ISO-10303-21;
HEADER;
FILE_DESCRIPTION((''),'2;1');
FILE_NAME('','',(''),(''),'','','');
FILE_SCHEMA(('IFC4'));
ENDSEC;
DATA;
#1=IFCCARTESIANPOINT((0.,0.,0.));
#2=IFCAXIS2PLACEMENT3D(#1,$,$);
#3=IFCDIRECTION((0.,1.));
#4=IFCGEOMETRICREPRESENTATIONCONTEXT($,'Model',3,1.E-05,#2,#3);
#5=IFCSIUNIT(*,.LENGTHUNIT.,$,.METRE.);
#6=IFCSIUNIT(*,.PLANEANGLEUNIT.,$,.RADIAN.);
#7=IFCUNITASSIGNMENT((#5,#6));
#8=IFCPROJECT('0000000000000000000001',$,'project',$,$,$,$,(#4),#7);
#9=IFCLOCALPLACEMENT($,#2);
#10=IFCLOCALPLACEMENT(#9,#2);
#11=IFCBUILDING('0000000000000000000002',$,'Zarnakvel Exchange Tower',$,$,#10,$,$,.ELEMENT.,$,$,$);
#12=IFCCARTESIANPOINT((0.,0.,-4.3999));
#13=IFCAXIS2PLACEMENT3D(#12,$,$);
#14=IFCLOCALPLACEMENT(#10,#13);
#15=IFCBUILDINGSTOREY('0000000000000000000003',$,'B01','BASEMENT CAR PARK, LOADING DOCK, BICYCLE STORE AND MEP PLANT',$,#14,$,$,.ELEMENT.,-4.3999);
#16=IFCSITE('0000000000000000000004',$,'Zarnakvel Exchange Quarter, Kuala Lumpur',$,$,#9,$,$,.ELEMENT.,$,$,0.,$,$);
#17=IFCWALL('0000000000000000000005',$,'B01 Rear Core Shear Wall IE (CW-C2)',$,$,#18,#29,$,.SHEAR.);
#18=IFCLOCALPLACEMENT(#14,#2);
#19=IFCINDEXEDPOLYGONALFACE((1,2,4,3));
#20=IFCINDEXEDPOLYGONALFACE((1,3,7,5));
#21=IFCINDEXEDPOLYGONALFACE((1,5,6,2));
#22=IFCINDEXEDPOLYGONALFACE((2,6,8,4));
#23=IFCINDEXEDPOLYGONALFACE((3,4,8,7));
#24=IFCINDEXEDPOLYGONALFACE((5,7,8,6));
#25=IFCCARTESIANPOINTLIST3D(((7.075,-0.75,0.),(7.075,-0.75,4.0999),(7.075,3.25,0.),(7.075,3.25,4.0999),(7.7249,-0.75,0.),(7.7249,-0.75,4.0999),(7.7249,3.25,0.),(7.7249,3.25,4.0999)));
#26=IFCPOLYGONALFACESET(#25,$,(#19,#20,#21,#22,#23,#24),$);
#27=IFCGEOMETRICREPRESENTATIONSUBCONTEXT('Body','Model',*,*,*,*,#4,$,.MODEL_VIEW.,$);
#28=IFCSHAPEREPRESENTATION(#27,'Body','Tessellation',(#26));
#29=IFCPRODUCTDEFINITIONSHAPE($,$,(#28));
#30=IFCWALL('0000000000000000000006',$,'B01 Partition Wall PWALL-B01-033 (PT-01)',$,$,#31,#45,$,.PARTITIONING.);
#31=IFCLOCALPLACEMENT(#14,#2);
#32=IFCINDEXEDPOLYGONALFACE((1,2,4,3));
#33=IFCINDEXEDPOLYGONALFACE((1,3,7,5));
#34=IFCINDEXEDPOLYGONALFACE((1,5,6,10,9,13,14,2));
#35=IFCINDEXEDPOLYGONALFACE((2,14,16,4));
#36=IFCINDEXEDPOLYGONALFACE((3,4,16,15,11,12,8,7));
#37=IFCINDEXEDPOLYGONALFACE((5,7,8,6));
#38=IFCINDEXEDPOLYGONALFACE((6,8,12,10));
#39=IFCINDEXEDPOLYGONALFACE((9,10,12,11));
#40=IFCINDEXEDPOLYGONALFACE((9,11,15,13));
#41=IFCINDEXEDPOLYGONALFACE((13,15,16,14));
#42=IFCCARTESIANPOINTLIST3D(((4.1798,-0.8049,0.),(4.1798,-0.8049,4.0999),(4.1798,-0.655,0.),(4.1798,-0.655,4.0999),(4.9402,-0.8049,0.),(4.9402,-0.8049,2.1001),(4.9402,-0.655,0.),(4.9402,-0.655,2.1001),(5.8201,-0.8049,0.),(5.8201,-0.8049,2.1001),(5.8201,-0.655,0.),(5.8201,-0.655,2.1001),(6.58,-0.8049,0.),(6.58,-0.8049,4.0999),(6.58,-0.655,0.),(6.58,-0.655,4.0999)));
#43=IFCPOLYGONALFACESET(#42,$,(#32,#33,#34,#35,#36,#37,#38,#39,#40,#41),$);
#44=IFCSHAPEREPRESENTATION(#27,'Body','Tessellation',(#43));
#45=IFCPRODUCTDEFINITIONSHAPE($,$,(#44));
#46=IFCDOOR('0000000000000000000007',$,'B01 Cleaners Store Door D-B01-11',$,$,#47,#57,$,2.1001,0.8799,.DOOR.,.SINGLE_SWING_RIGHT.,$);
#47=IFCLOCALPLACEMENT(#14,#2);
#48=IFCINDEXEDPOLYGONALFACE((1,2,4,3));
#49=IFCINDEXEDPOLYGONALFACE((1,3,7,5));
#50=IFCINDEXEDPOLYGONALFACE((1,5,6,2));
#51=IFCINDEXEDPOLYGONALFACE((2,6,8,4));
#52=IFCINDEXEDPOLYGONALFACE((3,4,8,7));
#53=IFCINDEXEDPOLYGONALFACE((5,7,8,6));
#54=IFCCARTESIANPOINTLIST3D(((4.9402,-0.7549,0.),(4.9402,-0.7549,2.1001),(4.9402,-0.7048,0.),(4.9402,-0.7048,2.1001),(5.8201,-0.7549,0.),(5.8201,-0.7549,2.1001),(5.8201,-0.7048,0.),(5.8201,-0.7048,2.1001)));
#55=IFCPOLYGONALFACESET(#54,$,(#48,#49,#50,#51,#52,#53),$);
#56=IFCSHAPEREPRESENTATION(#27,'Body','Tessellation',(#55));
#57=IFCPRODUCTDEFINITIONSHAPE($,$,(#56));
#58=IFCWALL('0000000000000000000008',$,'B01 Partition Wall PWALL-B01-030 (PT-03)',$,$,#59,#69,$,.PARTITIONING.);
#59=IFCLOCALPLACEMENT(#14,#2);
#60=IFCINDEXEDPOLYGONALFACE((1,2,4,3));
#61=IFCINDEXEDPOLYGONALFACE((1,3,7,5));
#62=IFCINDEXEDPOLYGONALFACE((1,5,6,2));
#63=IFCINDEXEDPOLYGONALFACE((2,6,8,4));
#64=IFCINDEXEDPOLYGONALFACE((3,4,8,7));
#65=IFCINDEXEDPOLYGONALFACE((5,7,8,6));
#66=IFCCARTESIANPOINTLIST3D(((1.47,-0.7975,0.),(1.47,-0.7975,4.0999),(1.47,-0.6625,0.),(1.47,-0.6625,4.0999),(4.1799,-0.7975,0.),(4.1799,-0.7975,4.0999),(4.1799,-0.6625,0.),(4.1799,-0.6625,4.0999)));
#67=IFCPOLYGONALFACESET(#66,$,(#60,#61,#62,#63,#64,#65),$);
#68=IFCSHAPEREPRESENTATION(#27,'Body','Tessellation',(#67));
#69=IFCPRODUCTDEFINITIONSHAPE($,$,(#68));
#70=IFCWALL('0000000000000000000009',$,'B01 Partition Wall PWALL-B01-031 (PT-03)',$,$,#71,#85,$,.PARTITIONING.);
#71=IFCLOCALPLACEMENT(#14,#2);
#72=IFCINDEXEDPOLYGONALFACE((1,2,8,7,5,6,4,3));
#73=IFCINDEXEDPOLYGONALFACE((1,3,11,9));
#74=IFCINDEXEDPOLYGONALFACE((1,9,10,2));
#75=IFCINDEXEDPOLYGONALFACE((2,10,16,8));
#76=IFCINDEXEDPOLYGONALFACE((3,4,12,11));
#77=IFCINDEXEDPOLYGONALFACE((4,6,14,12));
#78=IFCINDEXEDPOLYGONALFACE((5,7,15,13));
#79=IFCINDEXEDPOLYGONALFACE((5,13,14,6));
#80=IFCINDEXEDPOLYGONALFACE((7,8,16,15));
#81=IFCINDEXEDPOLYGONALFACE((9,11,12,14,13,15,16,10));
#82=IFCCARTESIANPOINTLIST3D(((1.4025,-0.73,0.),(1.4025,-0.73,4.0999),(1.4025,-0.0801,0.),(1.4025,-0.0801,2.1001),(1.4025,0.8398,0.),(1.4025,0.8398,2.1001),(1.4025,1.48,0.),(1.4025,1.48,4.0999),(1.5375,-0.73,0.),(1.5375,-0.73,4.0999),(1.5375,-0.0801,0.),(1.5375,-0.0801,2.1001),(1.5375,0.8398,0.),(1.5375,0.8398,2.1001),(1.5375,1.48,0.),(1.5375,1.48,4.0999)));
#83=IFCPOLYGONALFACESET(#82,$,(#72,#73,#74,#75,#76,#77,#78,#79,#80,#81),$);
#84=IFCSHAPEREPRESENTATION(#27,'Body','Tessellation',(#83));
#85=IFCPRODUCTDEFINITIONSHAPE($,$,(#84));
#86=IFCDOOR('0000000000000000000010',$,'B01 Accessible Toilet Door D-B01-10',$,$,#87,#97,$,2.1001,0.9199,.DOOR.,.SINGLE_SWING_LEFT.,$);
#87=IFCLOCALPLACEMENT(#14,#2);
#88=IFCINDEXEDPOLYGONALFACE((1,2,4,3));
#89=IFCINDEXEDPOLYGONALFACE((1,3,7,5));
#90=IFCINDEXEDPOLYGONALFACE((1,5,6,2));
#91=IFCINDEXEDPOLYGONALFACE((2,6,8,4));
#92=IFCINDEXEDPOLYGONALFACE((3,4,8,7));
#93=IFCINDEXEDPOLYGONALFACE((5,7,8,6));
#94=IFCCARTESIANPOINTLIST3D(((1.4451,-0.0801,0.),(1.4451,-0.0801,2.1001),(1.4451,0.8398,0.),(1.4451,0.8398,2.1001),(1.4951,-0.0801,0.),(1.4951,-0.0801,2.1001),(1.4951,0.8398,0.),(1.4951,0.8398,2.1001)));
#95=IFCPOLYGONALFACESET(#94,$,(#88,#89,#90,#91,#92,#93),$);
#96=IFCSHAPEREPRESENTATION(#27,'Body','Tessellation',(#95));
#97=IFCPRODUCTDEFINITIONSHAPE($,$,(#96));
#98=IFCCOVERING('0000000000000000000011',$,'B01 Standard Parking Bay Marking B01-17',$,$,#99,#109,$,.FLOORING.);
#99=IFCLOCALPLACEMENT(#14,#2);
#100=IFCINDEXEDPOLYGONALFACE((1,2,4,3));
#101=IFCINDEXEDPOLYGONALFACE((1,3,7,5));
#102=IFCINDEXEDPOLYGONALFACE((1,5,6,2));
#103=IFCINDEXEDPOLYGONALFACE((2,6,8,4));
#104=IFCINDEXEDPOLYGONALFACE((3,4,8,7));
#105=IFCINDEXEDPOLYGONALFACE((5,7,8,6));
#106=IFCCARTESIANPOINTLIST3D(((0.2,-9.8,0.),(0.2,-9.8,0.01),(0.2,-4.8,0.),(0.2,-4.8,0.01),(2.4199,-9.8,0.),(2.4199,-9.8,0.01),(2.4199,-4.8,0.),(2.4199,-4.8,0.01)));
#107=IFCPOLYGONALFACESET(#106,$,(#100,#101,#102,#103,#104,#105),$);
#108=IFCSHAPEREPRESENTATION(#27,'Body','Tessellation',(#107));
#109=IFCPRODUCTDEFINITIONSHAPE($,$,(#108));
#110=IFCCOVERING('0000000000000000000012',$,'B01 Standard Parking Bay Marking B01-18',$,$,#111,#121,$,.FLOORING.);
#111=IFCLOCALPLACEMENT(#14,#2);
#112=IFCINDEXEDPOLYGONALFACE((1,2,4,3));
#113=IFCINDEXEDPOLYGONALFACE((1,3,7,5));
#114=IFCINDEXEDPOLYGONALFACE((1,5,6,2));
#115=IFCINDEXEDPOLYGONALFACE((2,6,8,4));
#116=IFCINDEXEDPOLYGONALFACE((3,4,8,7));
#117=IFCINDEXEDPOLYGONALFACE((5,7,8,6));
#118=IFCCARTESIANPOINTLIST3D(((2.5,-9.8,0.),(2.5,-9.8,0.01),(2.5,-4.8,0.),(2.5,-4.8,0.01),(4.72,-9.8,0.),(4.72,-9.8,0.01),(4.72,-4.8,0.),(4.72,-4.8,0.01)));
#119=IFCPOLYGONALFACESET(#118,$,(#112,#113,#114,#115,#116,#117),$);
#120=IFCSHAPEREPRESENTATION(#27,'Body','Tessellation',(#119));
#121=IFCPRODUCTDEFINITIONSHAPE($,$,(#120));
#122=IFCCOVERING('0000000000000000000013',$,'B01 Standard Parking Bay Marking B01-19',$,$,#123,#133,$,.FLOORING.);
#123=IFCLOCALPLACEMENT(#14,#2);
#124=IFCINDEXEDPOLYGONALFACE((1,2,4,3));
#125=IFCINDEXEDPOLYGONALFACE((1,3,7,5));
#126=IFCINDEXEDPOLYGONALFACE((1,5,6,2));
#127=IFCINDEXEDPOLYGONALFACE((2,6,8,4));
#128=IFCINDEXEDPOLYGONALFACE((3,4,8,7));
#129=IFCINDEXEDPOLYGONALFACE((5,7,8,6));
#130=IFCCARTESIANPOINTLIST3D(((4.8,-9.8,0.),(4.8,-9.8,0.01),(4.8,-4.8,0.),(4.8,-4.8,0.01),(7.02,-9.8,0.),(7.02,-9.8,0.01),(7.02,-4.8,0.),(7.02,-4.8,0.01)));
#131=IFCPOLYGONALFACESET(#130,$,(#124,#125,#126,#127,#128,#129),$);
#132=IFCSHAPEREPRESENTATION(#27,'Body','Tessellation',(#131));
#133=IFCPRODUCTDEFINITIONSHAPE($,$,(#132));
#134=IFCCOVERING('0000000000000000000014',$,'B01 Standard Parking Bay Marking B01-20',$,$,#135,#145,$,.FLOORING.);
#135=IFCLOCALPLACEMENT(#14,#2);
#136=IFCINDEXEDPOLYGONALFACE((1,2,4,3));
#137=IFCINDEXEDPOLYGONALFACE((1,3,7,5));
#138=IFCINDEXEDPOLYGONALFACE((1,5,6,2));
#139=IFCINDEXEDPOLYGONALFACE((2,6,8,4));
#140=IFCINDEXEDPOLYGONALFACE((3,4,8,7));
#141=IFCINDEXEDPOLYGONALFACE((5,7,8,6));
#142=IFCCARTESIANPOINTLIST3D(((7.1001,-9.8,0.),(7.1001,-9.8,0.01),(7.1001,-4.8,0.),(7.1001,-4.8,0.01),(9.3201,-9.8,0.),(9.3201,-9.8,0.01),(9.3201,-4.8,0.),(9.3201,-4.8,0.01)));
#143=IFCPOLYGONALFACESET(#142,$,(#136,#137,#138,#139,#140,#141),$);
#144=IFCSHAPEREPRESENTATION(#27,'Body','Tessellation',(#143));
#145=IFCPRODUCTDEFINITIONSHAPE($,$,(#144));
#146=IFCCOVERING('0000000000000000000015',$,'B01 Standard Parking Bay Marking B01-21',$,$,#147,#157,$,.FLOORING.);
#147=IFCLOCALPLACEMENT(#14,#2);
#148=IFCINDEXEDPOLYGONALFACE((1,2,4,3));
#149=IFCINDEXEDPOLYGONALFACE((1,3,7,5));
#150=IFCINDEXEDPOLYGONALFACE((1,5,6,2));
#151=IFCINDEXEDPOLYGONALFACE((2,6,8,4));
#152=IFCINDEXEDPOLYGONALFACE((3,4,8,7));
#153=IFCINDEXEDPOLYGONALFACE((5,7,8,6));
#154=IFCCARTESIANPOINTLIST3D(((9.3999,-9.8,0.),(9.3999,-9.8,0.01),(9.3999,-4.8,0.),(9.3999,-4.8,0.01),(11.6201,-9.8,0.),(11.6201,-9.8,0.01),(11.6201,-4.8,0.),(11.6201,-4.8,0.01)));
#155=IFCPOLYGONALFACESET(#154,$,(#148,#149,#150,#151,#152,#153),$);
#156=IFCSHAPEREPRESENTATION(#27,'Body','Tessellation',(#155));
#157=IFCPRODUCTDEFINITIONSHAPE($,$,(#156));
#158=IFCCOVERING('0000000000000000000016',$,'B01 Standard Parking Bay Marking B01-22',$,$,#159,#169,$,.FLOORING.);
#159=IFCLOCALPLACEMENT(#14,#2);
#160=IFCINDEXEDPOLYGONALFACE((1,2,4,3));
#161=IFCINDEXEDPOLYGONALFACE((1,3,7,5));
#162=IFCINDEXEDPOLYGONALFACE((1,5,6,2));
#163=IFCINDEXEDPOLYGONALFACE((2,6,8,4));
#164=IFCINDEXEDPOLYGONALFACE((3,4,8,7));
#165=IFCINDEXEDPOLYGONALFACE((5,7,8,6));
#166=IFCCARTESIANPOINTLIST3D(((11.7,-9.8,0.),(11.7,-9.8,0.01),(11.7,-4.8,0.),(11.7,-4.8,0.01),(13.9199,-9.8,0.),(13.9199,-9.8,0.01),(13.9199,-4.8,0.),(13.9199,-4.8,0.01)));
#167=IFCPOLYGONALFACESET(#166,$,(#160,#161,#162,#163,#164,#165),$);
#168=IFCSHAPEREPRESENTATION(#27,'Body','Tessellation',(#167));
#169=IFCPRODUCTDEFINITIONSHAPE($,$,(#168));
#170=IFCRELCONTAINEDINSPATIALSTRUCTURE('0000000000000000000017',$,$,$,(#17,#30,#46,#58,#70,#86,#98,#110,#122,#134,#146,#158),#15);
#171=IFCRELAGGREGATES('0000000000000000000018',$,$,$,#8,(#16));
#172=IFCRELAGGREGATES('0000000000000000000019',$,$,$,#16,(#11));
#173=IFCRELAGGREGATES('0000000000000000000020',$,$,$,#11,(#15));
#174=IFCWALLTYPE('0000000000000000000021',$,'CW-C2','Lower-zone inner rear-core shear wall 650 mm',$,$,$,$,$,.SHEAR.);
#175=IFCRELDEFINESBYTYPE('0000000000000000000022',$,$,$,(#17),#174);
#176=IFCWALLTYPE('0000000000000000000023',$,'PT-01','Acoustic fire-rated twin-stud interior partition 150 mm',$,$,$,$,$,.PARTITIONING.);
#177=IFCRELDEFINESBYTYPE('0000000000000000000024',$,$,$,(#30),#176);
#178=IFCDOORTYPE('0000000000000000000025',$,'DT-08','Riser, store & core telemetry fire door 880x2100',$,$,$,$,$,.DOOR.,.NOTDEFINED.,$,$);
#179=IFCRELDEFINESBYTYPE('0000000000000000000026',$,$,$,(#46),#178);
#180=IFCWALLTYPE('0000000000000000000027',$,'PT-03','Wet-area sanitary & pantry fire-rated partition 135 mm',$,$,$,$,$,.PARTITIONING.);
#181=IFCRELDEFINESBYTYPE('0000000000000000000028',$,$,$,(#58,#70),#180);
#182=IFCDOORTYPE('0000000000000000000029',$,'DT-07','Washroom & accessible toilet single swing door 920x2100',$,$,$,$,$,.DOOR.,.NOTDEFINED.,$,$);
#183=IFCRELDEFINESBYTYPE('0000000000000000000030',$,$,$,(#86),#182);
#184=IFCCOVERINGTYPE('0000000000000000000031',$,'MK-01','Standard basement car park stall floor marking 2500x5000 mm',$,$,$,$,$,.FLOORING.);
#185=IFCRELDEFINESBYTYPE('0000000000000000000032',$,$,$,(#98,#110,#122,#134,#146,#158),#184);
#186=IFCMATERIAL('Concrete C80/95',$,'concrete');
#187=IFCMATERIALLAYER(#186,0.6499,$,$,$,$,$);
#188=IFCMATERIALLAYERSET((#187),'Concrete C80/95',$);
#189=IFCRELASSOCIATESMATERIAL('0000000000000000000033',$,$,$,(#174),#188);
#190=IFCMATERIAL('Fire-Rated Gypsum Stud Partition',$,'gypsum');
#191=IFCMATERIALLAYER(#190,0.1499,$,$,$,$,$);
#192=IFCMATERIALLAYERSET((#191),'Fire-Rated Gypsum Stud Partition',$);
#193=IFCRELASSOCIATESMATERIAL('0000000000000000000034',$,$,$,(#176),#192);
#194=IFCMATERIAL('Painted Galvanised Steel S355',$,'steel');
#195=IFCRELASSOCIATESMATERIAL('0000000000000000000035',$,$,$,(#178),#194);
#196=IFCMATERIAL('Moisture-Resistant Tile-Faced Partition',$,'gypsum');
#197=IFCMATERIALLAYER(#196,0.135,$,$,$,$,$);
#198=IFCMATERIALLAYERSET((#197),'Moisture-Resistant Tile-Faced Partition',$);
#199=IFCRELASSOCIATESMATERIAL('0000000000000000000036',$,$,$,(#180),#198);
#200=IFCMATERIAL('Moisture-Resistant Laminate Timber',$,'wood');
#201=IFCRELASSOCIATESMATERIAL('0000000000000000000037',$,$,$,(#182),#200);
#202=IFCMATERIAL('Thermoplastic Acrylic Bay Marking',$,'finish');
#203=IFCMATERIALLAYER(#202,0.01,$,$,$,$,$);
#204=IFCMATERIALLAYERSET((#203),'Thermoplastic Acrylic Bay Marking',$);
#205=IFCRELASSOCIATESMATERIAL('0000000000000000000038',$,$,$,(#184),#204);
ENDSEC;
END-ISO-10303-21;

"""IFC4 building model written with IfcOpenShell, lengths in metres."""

from ifc_helpers import new_model, si_unit, direction, frame, frame_2d, origin, place, context, subcontext, project, spatial, polyline, rectangle, outline, extrude, source, transform, mapped, material, layer, layer_set, type_object, element, fill, save


model = new_model("IFC4")

# Units and contexts
model_context = context("Model", 3, precision=1e-05, world=origin(), true_north=direction((0.0, 1.0)))
body_context = subcontext(model_context, "Body", "Model", "MODEL_VIEW")
ifc_project = project(units=[si_unit("LENGTHUNIT", "METRE"), si_unit("PLANEANGLEUNIT", "RADIAN")], contexts=[model_context])

# Site, building, storey
site_placement = place(None, origin())
site = spatial("IfcSite", under=ifc_project, at=site_placement, Name="Zarnakvel Exchange Quarter, Kuala Lumpur", CompositionType="ELEMENT", RefElevation=0.0)
building_placement = place(site_placement, origin())
building = spatial("IfcBuilding", under=site, at=building_placement, Name="Zarnakvel Exchange Tower", CompositionType="ELEMENT")
storey_placement = place(building_placement, frame((0.0, 0.0, -4.3999)))
storey = spatial("IfcBuildingStorey", under=building, at=storey_placement, Name="B01", Description="BASEMENT CAR PARK, LOADING DOCK, BICYCLE STORE AND MEP PLANT", CompositionType="ELEMENT", Elevation=-4.3999)

# Shared definitions
ifc_material_1 = material(Name="Concrete C80/95", Category="concrete")

# Wall
ifc_layer_1 = layer(ifc_material_1, 0.6499)
ifc_layer_set_1 = layer_set([ifc_layer_1], Name="Concrete C80/95")
wall_type_1 = type_object("IfcWallType", Name="CW-C2", Description="Lower-zone inner rear-core shear wall 650 mm", PredefinedType="SHEAR", material=ifc_layer_set_1)
wall_1_placement = place(storey_placement, frame((7.3999, -0.75, 0.0), z_axis=(0.0, 0.0, 1.0), x_axis=(0.0, 1.0, 0.0)))
element("IfcWall", 1, at=wall_1_placement, inside=storey, type_object=wall_type_1, Name="B01 Rear Core Shear Wall IE (CW-C2)", PredefinedType="SHEAR", context=body_context, shape_type="SweptSolid", body=[
    extrude(rectangle(XDim=4.0, YDim=0.6499, at=frame_2d((2.0, 0.0))), origin(), (0.0, 0.0, 1.0), 4.0999),
])

# Wall, opening, door
ifc_material_2 = material(Name="Fire-Rated Gypsum Stud Partition", Category="gypsum")
ifc_layer_2 = layer(ifc_material_2, 0.1499)
ifc_layer_set_2 = layer_set([ifc_layer_2], Name="Fire-Rated Gypsum Stud Partition")
wall_type_2 = type_object("IfcWallType", Name="PT-01", Description="Acoustic fire-rated twin-stud interior partition 150 mm", PredefinedType="PARTITIONING", material=ifc_layer_set_2)
wall_2_placement = place(storey_placement, frame((6.5801, -0.73, 0.0), z_axis=(0.0, 0.0, 1.0), x_axis=(-1.0, 0.0, 0.0)))
wall_2 = element("IfcWall", 2, at=wall_2_placement, inside=storey, type_object=wall_type_2, Name="B01 Partition Wall PWALL-B01-033 (PT-01)", PredefinedType="PARTITIONING", context=body_context, shape_type="SweptSolid", body=[
    extrude(rectangle(XDim=2.4001, YDim=0.1499, at=frame_2d((1.2002, 0.0))), origin(), (0.0, 0.0, 1.0), 4.0999),
])
opening_1_placement = place(wall_2_placement, frame((0.76, 0.0, 0.0)))
opening_1 = element("IfcOpeningElement", 3, at=opening_1_placement, cuts=wall_2, PredefinedType="OPENING", context=body_context, shape_type="SweptSolid", body=[
    extrude(rectangle(XDim=0.8799, YDim=2.1001, at=frame_2d((0.4399, 1.05))), frame((0.0, 0.085, 0.0), z_axis=(0.0, -1.0, 0.0), x_axis=(1.0, 0.0, 0.0)), (0.0, 0.0, 1.0), 0.1699),
])
ifc_material_3 = material(Name="Painted Galvanised Steel S355", Category="steel")
door_type_1 = type_object("IfcDoorType", Name="DT-08", Description="Riser, store & core telemetry fire door 880x2100", OperationType="NOTDEFINED", PredefinedType="DOOR", material=ifc_material_3)
shared_shape_1 = source(origin(), body_context, "Body", "SweptSolid", [
    extrude(rectangle(XDim=0.8799, YDim=2.1001, at=frame_2d((0.4399, 1.05))), frame((0.0, 0.0249, 0.0), z_axis=(0.0, -1.0, 0.0), x_axis=(1.0, 0.0, 0.0)), (0.0, 0.0, 1.0), 0.05),
])
door_1_placement = place(opening_1_placement, origin())
door_1 = element("IfcDoor", 4, at=door_1_placement, inside=storey, type_object=door_type_1, Name="B01 Cleaners Store Door D-B01-11", OperationType="SINGLE_SWING_RIGHT", OverallHeight=2.1001, OverallWidth=0.8799, PredefinedType="DOOR", context=body_context, shape_type="MappedRepresentation", body=[
    mapped(shared_shape_1, transform((0.0, 0.0, 0.0), x_axis=(1.0, 0.0, 0.0), y_axis=(0.0, 1.0, 0.0), z_axis=(0.0, 0.0, 1.0), scale=1.0)),
])
fill(opening_1, door_1)

# Wall
ifc_material_4 = material(Name="Moisture-Resistant Tile-Faced Partition", Category="gypsum")
ifc_layer_3 = layer(ifc_material_4, 0.135)
ifc_layer_set_3 = layer_set([ifc_layer_3], Name="Moisture-Resistant Tile-Faced Partition")
wall_type_3 = type_object("IfcWallType", Name="PT-03", Description="Wet-area sanitary & pantry fire-rated partition 135 mm", PredefinedType="PARTITIONING", material=ifc_layer_set_3)
wall_3_placement = place(storey_placement, frame((4.1799, -0.73, 0.0), z_axis=(0.0, 0.0, 1.0), x_axis=(-1.0, 0.0, 0.0)))
element("IfcWall", 5, at=wall_3_placement, inside=storey, type_object=wall_type_3, Name="B01 Partition Wall PWALL-B01-030 (PT-03)", PredefinedType="PARTITIONING", context=body_context, shape_type="SweptSolid", body=[
    extrude(rectangle(XDim=2.71, YDim=0.135, at=frame_2d((1.355, 0.0))), origin(), (0.0, 0.0, 1.0), 4.0999),
])

# Wall, opening, door
wall_4_placement = place(storey_placement, frame((1.47, -0.73, 0.0), z_axis=(0.0, 0.0, 1.0), x_axis=(0.0, 1.0, 0.0)))
wall_4 = element("IfcWall", 6, at=wall_4_placement, inside=storey, type_object=wall_type_3, Name="B01 Partition Wall PWALL-B01-031 (PT-03)", PredefinedType="PARTITIONING", context=body_context, shape_type="SweptSolid", body=[
    extrude(rectangle(XDim=2.21, YDim=0.135, at=frame_2d((1.105, 0.0))), origin(), (0.0, 0.0, 1.0), 4.0999),
])
opening_2_placement = place(wall_4_placement, frame((0.6499, 0.0, 0.0)))
opening_2 = element("IfcOpeningElement", 7, at=opening_2_placement, cuts=wall_4, PredefinedType="OPENING", context=body_context, shape_type="SweptSolid", body=[
    extrude(rectangle(XDim=0.9199, YDim=2.1001, at=frame_2d((0.46, 1.05))), frame((0.0, 0.0774, 0.0), z_axis=(0.0, -1.0, 0.0), x_axis=(1.0, 0.0, 0.0)), (0.0, 0.0, 1.0), 0.155),
])
ifc_material_5 = material(Name="Moisture-Resistant Laminate Timber", Category="wood")
door_type_2 = type_object("IfcDoorType", Name="DT-07", Description="Washroom & accessible toilet single swing door 920x2100", OperationType="NOTDEFINED", PredefinedType="DOOR", material=ifc_material_5)
shared_shape_2 = source(origin(), body_context, "Body", "SweptSolid", [
    extrude(rectangle(XDim=0.9199, YDim=2.1001, at=frame_2d((0.46, 1.05))), frame((0.0, 0.0249, 0.0), z_axis=(0.0, -1.0, 0.0), x_axis=(1.0, 0.0, 0.0)), (0.0, 0.0, 1.0), 0.05),
])
door_2_placement = place(opening_2_placement, origin())
door_2 = element("IfcDoor", 8, at=door_2_placement, inside=storey, type_object=door_type_2, Name="B01 Accessible Toilet Door D-B01-10", OperationType="SINGLE_SWING_LEFT", OverallHeight=2.1001, OverallWidth=0.9199, PredefinedType="DOOR", context=body_context, shape_type="MappedRepresentation", body=[
    mapped(shared_shape_2, transform((0.0, 0.0, 0.0), x_axis=(1.0, 0.0, 0.0), y_axis=(0.0, 1.0, 0.0), z_axis=(0.0, 0.0, 1.0), scale=1.0)),
])
fill(opening_2, door_2)

# Coverings
ifc_material_6 = material(Name="Thermoplastic Acrylic Bay Marking", Category="finish")
ifc_layer_4 = layer(ifc_material_6, 0.01)
ifc_layer_set_4 = layer_set([ifc_layer_4], Name="Thermoplastic Acrylic Bay Marking")
covering_type = type_object("IfcCoveringType", Name="MK-01", Description="Standard basement car park stall floor marking 2500x5000 mm", PredefinedType="FLOORING", material=ifc_layer_set_4)
covering_1_placement = place(storey_placement, origin())
element("IfcCovering", 9, at=covering_1_placement, inside=storey, type_object=covering_type, Name="B01 Standard Parking Bay Marking B01-17", PredefinedType="FLOORING", context=body_context, shape_type="SweptSolid", body=[
    extrude(outline(polyline([(0.2, -9.8), (2.4199, -9.8), (2.4199, -4.8), (0.2, -4.8), (0.2, -9.8)])), origin(), (0.0, 0.0, 1.0), 0.01),
])
covering_2_placement = place(storey_placement, origin())
element("IfcCovering", 10, at=covering_2_placement, inside=storey, type_object=covering_type, Name="B01 Standard Parking Bay Marking B01-18", PredefinedType="FLOORING", context=body_context, shape_type="SweptSolid", body=[
    extrude(outline(polyline([(2.5, -9.8), (4.72, -9.8), (4.72, -4.8), (2.5, -4.8), (2.5, -9.8)])), origin(), (0.0, 0.0, 1.0), 0.01),
])
covering_3_placement = place(storey_placement, origin())
element("IfcCovering", 11, at=covering_3_placement, inside=storey, type_object=covering_type, Name="B01 Standard Parking Bay Marking B01-19", PredefinedType="FLOORING", context=body_context, shape_type="SweptSolid", body=[
    extrude(outline(polyline([(4.8, -9.8), (7.02, -9.8), (7.02, -4.8), (4.8, -4.8), (4.8, -9.8)])), origin(), (0.0, 0.0, 1.0), 0.01),
])
covering_4_placement = place(storey_placement, origin())
element("IfcCovering", 12, at=covering_4_placement, inside=storey, type_object=covering_type, Name="B01 Standard Parking Bay Marking B01-20", PredefinedType="FLOORING", context=body_context, shape_type="SweptSolid", body=[
    extrude(outline(polyline([(7.1001, -9.8), (9.3201, -9.8), (9.3201, -4.8), (7.1001, -4.8), (7.1001, -9.8)])), origin(), (0.0, 0.0, 1.0), 0.01),
])
covering_5_placement = place(storey_placement, origin())
element("IfcCovering", 13, at=covering_5_placement, inside=storey, type_object=covering_type, Name="B01 Standard Parking Bay Marking B01-21", PredefinedType="FLOORING", context=body_context, shape_type="SweptSolid", body=[
    extrude(outline(polyline([(9.3999, -9.8), (11.6201, -9.8), (11.6201, -4.8), (9.3999, -4.8), (9.3999, -9.8)])), origin(), (0.0, 0.0, 1.0), 0.01),
])
covering_6_placement = place(storey_placement, origin())
element("IfcCovering", 14, at=covering_6_placement, inside=storey, type_object=covering_type, Name="B01 Standard Parking Bay Marking B01-22", PredefinedType="FLOORING", context=body_context, shape_type="SweptSolid", body=[
    extrude(outline(polyline([(11.7, -9.8), (13.9199, -9.8), (13.9199, -4.8), (11.7, -4.8), (11.7, -9.8)])), origin(), (0.0, 0.0, 1.0), 0.01),
])

save(model, "model.ifc")
